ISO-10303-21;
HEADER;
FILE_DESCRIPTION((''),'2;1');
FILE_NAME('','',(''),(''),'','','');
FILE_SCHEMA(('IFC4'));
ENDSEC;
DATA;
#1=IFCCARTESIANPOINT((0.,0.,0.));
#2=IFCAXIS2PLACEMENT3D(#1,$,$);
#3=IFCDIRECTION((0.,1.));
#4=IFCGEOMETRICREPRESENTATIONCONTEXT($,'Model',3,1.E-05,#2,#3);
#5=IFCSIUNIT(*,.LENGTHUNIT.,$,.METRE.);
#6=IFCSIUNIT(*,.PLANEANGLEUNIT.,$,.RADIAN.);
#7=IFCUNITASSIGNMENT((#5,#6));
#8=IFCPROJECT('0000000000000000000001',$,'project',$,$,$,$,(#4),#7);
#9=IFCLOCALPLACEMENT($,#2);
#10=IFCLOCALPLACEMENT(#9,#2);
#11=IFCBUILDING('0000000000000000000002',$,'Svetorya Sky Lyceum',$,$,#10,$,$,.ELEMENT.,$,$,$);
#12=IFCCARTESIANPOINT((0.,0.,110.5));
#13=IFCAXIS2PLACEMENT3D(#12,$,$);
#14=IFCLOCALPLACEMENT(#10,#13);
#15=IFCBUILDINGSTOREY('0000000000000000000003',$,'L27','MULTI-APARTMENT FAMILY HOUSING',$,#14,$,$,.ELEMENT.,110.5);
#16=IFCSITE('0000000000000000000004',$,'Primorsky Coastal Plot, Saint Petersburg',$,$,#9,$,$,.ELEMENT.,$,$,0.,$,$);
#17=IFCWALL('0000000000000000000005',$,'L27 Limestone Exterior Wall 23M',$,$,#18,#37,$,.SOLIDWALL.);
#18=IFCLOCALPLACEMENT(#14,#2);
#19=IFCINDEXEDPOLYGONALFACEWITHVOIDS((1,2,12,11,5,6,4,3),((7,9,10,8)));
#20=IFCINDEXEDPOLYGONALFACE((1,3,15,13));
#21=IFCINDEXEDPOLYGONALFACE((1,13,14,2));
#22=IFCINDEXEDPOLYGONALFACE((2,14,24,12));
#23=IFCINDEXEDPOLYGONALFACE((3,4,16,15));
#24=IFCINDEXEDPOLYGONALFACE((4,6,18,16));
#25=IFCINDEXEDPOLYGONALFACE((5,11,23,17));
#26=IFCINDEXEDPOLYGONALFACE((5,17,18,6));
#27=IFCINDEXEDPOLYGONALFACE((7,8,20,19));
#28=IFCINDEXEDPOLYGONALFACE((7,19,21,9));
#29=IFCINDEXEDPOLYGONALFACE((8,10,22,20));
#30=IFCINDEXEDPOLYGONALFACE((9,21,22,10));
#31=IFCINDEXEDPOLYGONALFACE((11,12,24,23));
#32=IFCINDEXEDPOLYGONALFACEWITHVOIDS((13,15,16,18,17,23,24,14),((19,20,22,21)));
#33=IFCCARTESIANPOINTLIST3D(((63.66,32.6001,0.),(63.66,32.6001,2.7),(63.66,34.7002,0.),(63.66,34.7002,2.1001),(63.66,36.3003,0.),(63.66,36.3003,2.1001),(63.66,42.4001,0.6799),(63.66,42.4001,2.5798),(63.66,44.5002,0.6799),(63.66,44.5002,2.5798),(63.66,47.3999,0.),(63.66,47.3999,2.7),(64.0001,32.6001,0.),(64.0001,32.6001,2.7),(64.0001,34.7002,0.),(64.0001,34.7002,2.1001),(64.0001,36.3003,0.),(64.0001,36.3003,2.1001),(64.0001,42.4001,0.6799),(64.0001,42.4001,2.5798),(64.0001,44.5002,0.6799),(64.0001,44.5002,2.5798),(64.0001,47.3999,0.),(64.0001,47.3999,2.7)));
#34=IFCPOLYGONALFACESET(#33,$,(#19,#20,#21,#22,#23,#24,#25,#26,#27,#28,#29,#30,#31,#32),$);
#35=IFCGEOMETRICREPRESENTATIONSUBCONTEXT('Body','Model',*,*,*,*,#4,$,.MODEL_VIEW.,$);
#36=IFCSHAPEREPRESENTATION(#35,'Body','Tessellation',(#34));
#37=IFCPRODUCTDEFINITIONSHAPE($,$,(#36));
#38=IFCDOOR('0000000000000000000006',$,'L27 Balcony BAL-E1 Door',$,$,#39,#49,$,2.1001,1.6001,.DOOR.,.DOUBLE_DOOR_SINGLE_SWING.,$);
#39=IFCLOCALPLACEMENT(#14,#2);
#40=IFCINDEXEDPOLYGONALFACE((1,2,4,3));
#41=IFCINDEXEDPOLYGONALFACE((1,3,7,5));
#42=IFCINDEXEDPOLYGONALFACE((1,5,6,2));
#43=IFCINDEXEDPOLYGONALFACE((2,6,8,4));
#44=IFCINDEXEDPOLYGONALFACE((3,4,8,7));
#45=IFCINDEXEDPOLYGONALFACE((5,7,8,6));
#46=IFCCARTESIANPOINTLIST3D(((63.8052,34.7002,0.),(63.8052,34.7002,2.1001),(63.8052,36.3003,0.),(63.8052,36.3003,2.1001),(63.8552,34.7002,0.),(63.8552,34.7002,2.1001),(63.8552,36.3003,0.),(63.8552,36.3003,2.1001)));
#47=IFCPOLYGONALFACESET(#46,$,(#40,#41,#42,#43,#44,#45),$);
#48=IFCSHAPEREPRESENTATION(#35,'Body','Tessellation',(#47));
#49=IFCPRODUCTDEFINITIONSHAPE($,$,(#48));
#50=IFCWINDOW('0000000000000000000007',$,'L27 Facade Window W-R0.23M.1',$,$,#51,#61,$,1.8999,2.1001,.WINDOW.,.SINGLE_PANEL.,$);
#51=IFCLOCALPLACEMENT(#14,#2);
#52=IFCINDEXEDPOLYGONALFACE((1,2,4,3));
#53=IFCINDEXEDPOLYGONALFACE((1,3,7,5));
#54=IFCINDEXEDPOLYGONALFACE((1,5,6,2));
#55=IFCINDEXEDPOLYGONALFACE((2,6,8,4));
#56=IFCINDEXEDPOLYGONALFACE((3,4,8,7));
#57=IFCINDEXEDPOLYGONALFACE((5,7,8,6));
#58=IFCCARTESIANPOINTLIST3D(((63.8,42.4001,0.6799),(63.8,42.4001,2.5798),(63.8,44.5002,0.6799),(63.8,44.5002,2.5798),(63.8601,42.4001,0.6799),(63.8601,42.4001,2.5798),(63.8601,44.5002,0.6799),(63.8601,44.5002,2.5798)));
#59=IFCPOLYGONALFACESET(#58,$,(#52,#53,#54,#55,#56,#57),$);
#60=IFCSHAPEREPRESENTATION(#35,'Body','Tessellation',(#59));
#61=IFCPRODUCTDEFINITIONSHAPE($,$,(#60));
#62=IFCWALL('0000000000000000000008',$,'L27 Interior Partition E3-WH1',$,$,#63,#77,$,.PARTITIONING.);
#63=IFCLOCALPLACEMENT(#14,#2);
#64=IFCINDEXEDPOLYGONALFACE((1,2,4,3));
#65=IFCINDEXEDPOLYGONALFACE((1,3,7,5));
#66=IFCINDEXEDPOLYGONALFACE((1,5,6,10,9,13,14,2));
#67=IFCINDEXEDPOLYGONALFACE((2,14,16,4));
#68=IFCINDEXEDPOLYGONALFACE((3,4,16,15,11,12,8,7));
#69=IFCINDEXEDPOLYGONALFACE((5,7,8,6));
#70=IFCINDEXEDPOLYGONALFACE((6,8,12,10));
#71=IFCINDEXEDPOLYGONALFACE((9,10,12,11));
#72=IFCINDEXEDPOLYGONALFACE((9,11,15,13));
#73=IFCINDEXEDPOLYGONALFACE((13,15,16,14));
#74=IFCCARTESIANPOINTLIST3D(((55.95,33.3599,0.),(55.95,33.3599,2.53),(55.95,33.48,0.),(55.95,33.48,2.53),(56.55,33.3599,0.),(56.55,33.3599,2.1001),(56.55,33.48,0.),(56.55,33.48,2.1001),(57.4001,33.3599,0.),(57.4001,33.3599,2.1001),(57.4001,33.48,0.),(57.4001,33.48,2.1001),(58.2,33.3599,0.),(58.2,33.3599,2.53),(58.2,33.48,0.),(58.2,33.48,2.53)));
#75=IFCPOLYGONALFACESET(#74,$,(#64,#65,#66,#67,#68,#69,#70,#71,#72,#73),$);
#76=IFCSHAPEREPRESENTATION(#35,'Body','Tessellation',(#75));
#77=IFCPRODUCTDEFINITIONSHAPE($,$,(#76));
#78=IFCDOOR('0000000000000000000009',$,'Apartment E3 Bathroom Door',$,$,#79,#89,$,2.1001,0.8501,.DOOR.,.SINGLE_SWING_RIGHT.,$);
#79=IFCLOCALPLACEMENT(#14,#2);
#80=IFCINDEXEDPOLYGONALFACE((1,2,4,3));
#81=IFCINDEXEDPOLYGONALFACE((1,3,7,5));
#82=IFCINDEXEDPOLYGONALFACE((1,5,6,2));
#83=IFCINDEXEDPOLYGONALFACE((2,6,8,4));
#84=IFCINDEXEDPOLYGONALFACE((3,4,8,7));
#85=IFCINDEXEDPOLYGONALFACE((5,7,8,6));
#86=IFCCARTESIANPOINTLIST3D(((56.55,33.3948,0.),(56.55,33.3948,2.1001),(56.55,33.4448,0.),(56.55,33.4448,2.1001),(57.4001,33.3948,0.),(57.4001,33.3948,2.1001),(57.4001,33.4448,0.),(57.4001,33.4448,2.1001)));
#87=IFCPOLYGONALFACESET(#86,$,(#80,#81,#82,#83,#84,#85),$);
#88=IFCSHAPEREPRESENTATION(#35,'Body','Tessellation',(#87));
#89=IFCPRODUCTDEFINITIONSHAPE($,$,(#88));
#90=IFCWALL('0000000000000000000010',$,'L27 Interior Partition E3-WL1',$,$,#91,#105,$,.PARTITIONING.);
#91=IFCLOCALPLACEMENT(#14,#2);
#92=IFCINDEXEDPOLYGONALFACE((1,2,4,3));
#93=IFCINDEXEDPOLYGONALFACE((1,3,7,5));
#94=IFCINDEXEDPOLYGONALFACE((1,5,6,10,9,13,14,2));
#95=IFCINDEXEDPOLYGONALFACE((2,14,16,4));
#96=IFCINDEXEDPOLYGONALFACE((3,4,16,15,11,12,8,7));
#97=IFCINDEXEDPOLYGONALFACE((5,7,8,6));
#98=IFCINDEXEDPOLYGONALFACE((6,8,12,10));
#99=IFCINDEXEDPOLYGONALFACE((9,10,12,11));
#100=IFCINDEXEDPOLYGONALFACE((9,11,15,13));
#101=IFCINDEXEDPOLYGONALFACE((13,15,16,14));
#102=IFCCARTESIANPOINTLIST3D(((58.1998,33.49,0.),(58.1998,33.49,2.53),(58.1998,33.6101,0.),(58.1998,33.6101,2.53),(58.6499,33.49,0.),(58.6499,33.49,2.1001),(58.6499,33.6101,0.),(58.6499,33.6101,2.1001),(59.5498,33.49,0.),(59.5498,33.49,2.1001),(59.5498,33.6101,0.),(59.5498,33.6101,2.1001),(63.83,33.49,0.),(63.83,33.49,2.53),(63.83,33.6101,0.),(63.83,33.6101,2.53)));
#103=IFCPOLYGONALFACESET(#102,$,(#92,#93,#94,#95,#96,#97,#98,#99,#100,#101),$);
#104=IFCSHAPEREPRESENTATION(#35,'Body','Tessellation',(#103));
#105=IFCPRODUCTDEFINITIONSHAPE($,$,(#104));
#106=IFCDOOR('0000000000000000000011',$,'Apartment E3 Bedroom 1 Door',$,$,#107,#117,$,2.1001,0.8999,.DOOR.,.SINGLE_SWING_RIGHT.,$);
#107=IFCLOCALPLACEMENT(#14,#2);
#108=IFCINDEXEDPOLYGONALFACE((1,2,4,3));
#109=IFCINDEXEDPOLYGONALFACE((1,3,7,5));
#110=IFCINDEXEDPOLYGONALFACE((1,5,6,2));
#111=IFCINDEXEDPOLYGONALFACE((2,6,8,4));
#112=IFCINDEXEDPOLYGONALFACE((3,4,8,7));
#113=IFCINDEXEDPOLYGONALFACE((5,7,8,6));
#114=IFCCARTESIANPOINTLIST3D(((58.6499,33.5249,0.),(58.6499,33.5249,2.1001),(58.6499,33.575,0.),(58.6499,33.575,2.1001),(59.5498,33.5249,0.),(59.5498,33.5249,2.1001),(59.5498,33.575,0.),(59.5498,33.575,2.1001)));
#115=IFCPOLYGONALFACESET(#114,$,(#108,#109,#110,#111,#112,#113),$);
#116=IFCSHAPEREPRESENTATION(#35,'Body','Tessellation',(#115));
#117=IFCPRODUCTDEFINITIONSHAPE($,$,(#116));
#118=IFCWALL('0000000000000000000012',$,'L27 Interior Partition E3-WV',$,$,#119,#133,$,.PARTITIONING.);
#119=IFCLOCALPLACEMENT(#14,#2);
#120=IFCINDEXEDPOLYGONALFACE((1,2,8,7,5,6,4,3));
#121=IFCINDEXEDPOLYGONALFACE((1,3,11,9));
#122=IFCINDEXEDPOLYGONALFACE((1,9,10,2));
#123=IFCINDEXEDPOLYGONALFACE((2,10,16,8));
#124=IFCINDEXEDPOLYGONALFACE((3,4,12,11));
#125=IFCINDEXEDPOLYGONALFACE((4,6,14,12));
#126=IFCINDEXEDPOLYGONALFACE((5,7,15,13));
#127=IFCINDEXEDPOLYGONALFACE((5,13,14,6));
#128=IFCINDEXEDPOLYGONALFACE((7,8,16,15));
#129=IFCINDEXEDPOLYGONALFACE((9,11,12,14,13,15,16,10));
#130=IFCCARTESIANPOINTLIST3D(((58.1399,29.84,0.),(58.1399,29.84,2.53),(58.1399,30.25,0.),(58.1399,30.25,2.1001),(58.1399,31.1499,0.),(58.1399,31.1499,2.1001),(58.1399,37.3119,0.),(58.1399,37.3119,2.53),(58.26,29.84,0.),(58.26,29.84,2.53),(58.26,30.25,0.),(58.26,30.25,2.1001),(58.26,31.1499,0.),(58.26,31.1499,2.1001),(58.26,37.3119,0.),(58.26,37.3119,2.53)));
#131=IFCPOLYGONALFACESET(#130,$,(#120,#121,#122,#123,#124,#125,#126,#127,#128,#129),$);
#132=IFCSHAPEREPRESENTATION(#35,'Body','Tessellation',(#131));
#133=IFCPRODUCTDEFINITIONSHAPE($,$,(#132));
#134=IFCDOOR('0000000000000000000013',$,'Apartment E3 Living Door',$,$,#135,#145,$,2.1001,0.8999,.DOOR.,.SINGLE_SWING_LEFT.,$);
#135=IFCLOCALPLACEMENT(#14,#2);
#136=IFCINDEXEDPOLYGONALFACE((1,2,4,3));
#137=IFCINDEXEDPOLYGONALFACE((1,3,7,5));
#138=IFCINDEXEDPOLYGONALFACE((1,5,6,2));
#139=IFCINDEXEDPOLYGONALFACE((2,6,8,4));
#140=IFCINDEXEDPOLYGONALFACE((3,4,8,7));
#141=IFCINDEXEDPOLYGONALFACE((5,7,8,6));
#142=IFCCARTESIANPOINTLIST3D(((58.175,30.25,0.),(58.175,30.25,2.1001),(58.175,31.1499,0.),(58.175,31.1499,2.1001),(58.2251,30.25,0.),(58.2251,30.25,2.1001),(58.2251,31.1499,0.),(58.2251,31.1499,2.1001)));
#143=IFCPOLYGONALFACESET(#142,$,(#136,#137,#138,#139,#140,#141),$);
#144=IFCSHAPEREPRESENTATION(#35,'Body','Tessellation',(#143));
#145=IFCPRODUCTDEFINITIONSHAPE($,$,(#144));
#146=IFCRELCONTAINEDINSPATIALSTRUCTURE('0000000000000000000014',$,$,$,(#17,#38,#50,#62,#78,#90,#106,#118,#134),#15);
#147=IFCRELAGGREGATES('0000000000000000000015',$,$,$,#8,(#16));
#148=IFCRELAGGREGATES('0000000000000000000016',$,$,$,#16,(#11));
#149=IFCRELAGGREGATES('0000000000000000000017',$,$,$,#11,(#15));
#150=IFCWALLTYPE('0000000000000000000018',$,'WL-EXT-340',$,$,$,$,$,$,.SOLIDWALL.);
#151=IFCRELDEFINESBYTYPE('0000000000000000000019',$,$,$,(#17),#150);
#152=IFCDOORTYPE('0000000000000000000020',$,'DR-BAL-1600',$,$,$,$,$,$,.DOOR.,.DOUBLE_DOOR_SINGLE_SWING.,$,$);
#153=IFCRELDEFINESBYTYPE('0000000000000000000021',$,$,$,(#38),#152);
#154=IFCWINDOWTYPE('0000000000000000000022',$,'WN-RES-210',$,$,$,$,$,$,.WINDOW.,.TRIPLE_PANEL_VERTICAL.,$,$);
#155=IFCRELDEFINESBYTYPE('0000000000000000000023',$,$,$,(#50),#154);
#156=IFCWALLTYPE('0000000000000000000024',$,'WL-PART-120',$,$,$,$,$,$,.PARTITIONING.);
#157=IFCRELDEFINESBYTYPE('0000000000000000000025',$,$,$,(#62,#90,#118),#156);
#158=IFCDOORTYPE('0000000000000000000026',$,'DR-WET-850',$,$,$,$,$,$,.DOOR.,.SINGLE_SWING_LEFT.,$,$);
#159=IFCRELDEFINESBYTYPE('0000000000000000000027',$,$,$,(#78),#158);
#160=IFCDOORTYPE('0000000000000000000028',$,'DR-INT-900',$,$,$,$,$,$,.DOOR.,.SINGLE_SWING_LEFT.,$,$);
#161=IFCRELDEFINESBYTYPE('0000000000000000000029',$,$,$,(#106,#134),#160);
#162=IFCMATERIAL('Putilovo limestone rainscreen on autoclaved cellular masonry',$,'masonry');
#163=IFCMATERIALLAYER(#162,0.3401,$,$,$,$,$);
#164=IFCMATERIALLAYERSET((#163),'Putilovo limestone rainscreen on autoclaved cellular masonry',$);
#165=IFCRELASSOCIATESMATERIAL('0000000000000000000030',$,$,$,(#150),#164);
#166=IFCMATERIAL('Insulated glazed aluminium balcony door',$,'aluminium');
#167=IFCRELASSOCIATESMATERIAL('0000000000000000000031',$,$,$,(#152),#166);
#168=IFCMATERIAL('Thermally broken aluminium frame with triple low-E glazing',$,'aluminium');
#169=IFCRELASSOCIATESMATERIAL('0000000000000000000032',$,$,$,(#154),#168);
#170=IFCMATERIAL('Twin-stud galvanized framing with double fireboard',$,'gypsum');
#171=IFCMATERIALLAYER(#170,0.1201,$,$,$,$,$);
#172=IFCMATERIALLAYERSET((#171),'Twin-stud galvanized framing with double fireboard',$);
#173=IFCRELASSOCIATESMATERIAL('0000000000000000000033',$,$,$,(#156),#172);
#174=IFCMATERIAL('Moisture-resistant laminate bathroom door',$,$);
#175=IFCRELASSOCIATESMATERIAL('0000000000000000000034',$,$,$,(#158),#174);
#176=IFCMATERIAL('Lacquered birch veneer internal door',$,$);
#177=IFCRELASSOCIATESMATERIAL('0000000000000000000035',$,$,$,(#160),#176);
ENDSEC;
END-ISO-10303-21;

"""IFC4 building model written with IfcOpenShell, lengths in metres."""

from ifc_helpers import new_model, si_unit, direction, frame, frame_2d, origin, place, context, subcontext, project, spatial, rectangle, extrude, material, layer, layer_set, type_object, element, fill, save


model = new_model("IFC4")

# Units and contexts
model_context = context("Model", 3, precision=1e-05, world=origin(), true_north=direction((0.0, 1.0)))
body_context = subcontext(model_context, "Body", "Model", "MODEL_VIEW")
ifc_project = project(units=[si_unit("LENGTHUNIT", "METRE"), si_unit("PLANEANGLEUNIT", "RADIAN")], contexts=[model_context])

# Site, building, storey
site_placement = place(None, origin())
site = spatial("IfcSite", under=ifc_project, at=site_placement, Name="Primorsky Coastal Plot, Saint Petersburg", CompositionType="ELEMENT", RefElevation=0.0)
building_placement = place(site_placement, origin())
building = spatial("IfcBuilding", under=site, at=building_placement, Name="Svetorya Sky Lyceum", CompositionType="ELEMENT")
storey_placement = place(building_placement, frame((0.0, 0.0, 110.5)))
storey = spatial("IfcBuildingStorey", under=building, at=storey_placement, Name="L27", Description="MULTI-APARTMENT FAMILY HOUSING", CompositionType="ELEMENT", Elevation=110.5)

# Shared definitions
ifc_material_1 = material(Name="Putilovo limestone rainscreen on autoclaved cellular masonry", Category="masonry")
ifc_layer_1 = layer(ifc_material_1, 0.3401)
ifc_layer_set_1 = layer_set([ifc_layer_1], Name="Putilovo limestone rainscreen on autoclaved cellular masonry")
wall_type_1 = type_object("IfcWallType", Name="WL-EXT-340", PredefinedType="SOLIDWALL", material=ifc_layer_set_1)

# Shared definitions
ifc_material_2 = material(Name="Thermally broken aluminium frame with triple low-E glazing", Category="aluminium")

# Wall, openings, door, window
wall_1_placement = place(storey_placement, frame((63.8301, 32.6001, 0.0), z_axis=(0.0, 0.0, 1.0), x_axis=(0.0, 1.0, 0.0)))
wall_1 = element("IfcWall", 1, at=wall_1_placement, inside=storey, type_object=wall_type_1, Name="L27 Limestone Exterior Wall 23M", PredefinedType="SOLIDWALL", context=body_context, shape_type="SweptSolid", body=[
    extrude(rectangle(XDim=14.7998, YDim=0.3401, at=frame_2d((7.3999, 0.0))), origin(), (0.0, 0.0, 1.0), 2.7),
])
opening_1_placement = place(wall_1_placement, frame((2.1001, 0.0, 0.0)))
opening_1 = element("IfcOpeningElement", 2, at=opening_1_placement, cuts=wall_1, PredefinedType="OPENING", context=body_context, shape_type="SweptSolid", body=[
    extrude(rectangle(XDim=1.6001, YDim=2.1001, at=frame_2d((0.8, 1.05))), frame((0.0, 0.1799, 0.0), z_axis=(0.0, -1.0, 0.0), x_axis=(1.0, 0.0, 0.0)), (0.0, 0.0, 1.0), 0.3601),
])
opening_2_placement = place(wall_1_placement, frame((9.8, 0.0, 0.6799)))
opening_2 = element("IfcOpeningElement", 3, at=opening_2_placement, cuts=wall_1, PredefinedType="OPENING", context=body_context, shape_type="SweptSolid", body=[
    extrude(rectangle(XDim=2.1001, YDim=1.8999, at=frame_2d((1.05, 0.95))), frame((0.0, 0.1799, 0.0), z_axis=(0.0, -1.0, 0.0), x_axis=(1.0, 0.0, 0.0)), (0.0, 0.0, 1.0), 0.3601),
])
ifc_material_3 = material(Name="Insulated glazed aluminium balcony door", Category="aluminium")
door_type_1 = type_object("IfcDoorType", Name="DR-BAL-1600", OperationType="DOUBLE_DOOR_SINGLE_SWING", PredefinedType="DOOR", material=ifc_material_3)
door_1_placement = place(opening_1_placement, origin())
door_1 = element("IfcDoor", 4, at=door_1_placement, inside=storey, type_object=door_type_1, Name="L27 Balcony BAL-E1 Door", OperationType="DOUBLE_DOOR_SINGLE_SWING", OverallHeight=2.1001, OverallWidth=1.6001, PredefinedType="DOOR", context=body_context, shape_type="SweptSolid", body=[
    extrude(rectangle(XDim=1.6001, YDim=2.1001, at=frame_2d((0.8, 1.05))), frame((0.0, 0.0249, 0.0), z_axis=(0.0, -1.0, 0.0), x_axis=(1.0, 0.0, 0.0)), (0.0, 0.0, 1.0), 0.05),
])
fill(opening_1, door_1)
window_type_1 = type_object("IfcWindowType", Name="WN-RES-210", PartitioningType="TRIPLE_PANEL_VERTICAL", PredefinedType="WINDOW", material=ifc_material_2)
window_1_placement = place(opening_2_placement, origin())
window_1 = element("IfcWindow", 5, at=window_1_placement, inside=storey, type_object=window_type_1, Name="L27 Facade Window W-R0.23M.1", OverallHeight=1.8999, OverallWidth=2.1001, PartitioningType="SINGLE_PANEL", PredefinedType="WINDOW", context=body_context, shape_type="SweptSolid", body=[
    extrude(rectangle(XDim=2.1001, YDim=1.8999, at=frame_2d((1.05, 0.95))), frame((0.0, 0.03, 0.0), z_axis=(0.0, -1.0, 0.0), x_axis=(1.0, 0.0, 0.0)), (0.0, 0.0, 1.0), 0.0601),
])
fill(opening_2, window_1)

# Walls, openings, doors
ifc_material_4 = material(Name="Twin-stud galvanized framing with double fireboard", Category="gypsum")
ifc_layer_2 = layer(ifc_material_4, 0.1201)
ifc_layer_set_2 = layer_set([ifc_layer_2], Name="Twin-stud galvanized framing with double fireboard")
wall_type_2 = type_object("IfcWallType", Name="WL-PART-120", PredefinedType="PARTITIONING", material=ifc_layer_set_2)
wall_2_placement = place(storey_placement, frame((55.95, 33.4199, 0.0), z_axis=(0.0, 0.0, 1.0), x_axis=(1.0, 0.0, 0.0)))
wall_2 = element("IfcWall", 6, at=wall_2_placement, inside=storey, type_object=wall_type_2, Name="L27 Interior Partition E3-WH1", PredefinedType="PARTITIONING", context=body_context, shape_type="SweptSolid", body=[
    extrude(rectangle(XDim=2.25, YDim=0.1201, at=frame_2d((1.125, 0.0))), origin(), (0.0, 0.0, 1.0), 2.53),
])
opening_3_placement = place(wall_2_placement, frame((0.6001, 0.0, 0.0)))
opening_3 = element("IfcOpeningElement", 7, at=opening_3_placement, cuts=wall_2, PredefinedType="OPENING", context=body_context, shape_type="SweptSolid", body=[
    extrude(rectangle(XDim=0.8501, YDim=2.1001, at=frame_2d((0.425, 1.05))), frame((0.0, 0.0701, 0.0), z_axis=(0.0, -1.0, 0.0), x_axis=(1.0, 0.0, 0.0)), (0.0, 0.0, 1.0), 0.1401),
])
ifc_material_5 = material(Name="Moisture-resistant laminate bathroom door")
door_type_2 = type_object("IfcDoorType", Name="DR-WET-850", OperationType="SINGLE_SWING_LEFT", PredefinedType="DOOR", material=ifc_material_5)
door_2_placement = place(opening_3_placement, origin())
door_2 = element("IfcDoor", 8, at=door_2_placement, inside=storey, type_object=door_type_2, Name="Apartment E3 Bathroom Door", OperationType="SINGLE_SWING_RIGHT", OverallHeight=2.1001, OverallWidth=0.8501, PredefinedType="DOOR", context=body_context, shape_type="SweptSolid", body=[
    extrude(rectangle(XDim=0.8501, YDim=2.1001, at=frame_2d((0.425, 1.05))), frame((0.0, 0.0249, 0.0), z_axis=(0.0, -1.0, 0.0), x_axis=(1.0, 0.0, 0.0)), (0.0, 0.0, 1.0), 0.05),
])
fill(opening_3, door_2)
wall_3_placement = place(storey_placement, frame((58.2, 33.55, 0.0), z_axis=(0.0, 0.0, 1.0), x_axis=(1.0, 0.0, 0.0)))
wall_3 = element("IfcWall", 9, at=wall_3_placement, inside=storey, type_object=wall_type_2, Name="L27 Interior Partition E3-WL1", PredefinedType="PARTITIONING", context=body_context, shape_type="SweptSolid", body=[
    extrude(rectangle(XDim=5.6301, YDim=0.1201, at=frame_2d((2.8149, 0.0))), origin(), (0.0, 0.0, 1.0), 2.53),
])
opening_4_placement = place(wall_3_placement, frame((0.45, 0.0, 0.0)))
opening_4 = element("IfcOpeningElement", 10, at=opening_4_placement, cuts=wall_3, PredefinedType="OPENING", context=body_context, shape_type="SweptSolid", body=[
    extrude(rectangle(XDim=0.8999, YDim=2.1001, at=frame_2d((0.45, 1.05))), frame((0.0, 0.0701, 0.0), z_axis=(0.0, -1.0, 0.0), x_axis=(1.0, 0.0, 0.0)), (0.0, 0.0, 1.0), 0.1401),
])
ifc_material_6 = material(Name="Lacquered birch veneer internal door")
door_type_3 = type_object("IfcDoorType", Name="DR-INT-900", OperationType="SINGLE_SWING_LEFT", PredefinedType="DOOR", material=ifc_material_6)
door_3_placement = place(opening_4_placement, origin())
door_3 = element("IfcDoor", 11, at=door_3_placement, inside=storey, type_object=door_type_3, Name="Apartment E3 Bedroom 1 Door", OperationType="SINGLE_SWING_RIGHT", OverallHeight=2.1001, OverallWidth=0.8999, PredefinedType="DOOR", context=body_context, shape_type="SweptSolid", body=[
    extrude(rectangle(XDim=0.8999, YDim=2.1001, at=frame_2d((0.45, 1.05))), frame((0.0, 0.0249, 0.0), z_axis=(0.0, -1.0, 0.0), x_axis=(1.0, 0.0, 0.0)), (0.0, 0.0, 1.0), 0.05),
])
fill(opening_4, door_3)
wall_4_placement = place(storey_placement, frame((58.2, 29.8401, 0.0), z_axis=(0.0, 0.0, 1.0), x_axis=(0.0, 1.0, 0.0)))
wall_4 = element("IfcWall", 12, at=wall_4_placement, inside=storey, type_object=wall_type_2, Name="L27 Interior Partition E3-WV", PredefinedType="PARTITIONING", context=body_context, shape_type="SweptSolid", body=[
    extrude(rectangle(XDim=7.4719, YDim=0.1201, at=frame_2d((3.7358, 0.0))), origin(), (0.0, 0.0, 1.0), 2.53),
])
opening_5_placement = place(wall_4_placement, frame((0.4099, 0.0, 0.0)))
opening_5 = element("IfcOpeningElement", 13, at=opening_5_placement, cuts=wall_4, PredefinedType="OPENING", context=body_context, shape_type="SweptSolid", body=[
    extrude(rectangle(XDim=0.8999, YDim=2.1001, at=frame_2d((0.45, 1.05))), frame((0.0, 0.0701, 0.0), z_axis=(0.0, -1.0, 0.0), x_axis=(1.0, 0.0, 0.0)), (0.0, 0.0, 1.0), 0.1401),
])
door_4_placement = place(opening_5_placement, origin())
door_4 = element("IfcDoor", 14, at=door_4_placement, inside=storey, type_object=door_type_3, Name="Apartment E3 Living Door", OperationType="SINGLE_SWING_LEFT", OverallHeight=2.1001, OverallWidth=0.8999, PredefinedType="DOOR", context=body_context, shape_type="SweptSolid", body=[
    extrude(rectangle(XDim=0.8999, YDim=2.1001, at=frame_2d((0.45, 1.05))), frame((0.0, 0.0249, 0.0), z_axis=(0.0, -1.0, 0.0), x_axis=(1.0, 0.0, 0.0)), (0.0, 0.0, 1.0), 0.05),
])
fill(opening_5, door_4)

save(model, "model.ifc")
